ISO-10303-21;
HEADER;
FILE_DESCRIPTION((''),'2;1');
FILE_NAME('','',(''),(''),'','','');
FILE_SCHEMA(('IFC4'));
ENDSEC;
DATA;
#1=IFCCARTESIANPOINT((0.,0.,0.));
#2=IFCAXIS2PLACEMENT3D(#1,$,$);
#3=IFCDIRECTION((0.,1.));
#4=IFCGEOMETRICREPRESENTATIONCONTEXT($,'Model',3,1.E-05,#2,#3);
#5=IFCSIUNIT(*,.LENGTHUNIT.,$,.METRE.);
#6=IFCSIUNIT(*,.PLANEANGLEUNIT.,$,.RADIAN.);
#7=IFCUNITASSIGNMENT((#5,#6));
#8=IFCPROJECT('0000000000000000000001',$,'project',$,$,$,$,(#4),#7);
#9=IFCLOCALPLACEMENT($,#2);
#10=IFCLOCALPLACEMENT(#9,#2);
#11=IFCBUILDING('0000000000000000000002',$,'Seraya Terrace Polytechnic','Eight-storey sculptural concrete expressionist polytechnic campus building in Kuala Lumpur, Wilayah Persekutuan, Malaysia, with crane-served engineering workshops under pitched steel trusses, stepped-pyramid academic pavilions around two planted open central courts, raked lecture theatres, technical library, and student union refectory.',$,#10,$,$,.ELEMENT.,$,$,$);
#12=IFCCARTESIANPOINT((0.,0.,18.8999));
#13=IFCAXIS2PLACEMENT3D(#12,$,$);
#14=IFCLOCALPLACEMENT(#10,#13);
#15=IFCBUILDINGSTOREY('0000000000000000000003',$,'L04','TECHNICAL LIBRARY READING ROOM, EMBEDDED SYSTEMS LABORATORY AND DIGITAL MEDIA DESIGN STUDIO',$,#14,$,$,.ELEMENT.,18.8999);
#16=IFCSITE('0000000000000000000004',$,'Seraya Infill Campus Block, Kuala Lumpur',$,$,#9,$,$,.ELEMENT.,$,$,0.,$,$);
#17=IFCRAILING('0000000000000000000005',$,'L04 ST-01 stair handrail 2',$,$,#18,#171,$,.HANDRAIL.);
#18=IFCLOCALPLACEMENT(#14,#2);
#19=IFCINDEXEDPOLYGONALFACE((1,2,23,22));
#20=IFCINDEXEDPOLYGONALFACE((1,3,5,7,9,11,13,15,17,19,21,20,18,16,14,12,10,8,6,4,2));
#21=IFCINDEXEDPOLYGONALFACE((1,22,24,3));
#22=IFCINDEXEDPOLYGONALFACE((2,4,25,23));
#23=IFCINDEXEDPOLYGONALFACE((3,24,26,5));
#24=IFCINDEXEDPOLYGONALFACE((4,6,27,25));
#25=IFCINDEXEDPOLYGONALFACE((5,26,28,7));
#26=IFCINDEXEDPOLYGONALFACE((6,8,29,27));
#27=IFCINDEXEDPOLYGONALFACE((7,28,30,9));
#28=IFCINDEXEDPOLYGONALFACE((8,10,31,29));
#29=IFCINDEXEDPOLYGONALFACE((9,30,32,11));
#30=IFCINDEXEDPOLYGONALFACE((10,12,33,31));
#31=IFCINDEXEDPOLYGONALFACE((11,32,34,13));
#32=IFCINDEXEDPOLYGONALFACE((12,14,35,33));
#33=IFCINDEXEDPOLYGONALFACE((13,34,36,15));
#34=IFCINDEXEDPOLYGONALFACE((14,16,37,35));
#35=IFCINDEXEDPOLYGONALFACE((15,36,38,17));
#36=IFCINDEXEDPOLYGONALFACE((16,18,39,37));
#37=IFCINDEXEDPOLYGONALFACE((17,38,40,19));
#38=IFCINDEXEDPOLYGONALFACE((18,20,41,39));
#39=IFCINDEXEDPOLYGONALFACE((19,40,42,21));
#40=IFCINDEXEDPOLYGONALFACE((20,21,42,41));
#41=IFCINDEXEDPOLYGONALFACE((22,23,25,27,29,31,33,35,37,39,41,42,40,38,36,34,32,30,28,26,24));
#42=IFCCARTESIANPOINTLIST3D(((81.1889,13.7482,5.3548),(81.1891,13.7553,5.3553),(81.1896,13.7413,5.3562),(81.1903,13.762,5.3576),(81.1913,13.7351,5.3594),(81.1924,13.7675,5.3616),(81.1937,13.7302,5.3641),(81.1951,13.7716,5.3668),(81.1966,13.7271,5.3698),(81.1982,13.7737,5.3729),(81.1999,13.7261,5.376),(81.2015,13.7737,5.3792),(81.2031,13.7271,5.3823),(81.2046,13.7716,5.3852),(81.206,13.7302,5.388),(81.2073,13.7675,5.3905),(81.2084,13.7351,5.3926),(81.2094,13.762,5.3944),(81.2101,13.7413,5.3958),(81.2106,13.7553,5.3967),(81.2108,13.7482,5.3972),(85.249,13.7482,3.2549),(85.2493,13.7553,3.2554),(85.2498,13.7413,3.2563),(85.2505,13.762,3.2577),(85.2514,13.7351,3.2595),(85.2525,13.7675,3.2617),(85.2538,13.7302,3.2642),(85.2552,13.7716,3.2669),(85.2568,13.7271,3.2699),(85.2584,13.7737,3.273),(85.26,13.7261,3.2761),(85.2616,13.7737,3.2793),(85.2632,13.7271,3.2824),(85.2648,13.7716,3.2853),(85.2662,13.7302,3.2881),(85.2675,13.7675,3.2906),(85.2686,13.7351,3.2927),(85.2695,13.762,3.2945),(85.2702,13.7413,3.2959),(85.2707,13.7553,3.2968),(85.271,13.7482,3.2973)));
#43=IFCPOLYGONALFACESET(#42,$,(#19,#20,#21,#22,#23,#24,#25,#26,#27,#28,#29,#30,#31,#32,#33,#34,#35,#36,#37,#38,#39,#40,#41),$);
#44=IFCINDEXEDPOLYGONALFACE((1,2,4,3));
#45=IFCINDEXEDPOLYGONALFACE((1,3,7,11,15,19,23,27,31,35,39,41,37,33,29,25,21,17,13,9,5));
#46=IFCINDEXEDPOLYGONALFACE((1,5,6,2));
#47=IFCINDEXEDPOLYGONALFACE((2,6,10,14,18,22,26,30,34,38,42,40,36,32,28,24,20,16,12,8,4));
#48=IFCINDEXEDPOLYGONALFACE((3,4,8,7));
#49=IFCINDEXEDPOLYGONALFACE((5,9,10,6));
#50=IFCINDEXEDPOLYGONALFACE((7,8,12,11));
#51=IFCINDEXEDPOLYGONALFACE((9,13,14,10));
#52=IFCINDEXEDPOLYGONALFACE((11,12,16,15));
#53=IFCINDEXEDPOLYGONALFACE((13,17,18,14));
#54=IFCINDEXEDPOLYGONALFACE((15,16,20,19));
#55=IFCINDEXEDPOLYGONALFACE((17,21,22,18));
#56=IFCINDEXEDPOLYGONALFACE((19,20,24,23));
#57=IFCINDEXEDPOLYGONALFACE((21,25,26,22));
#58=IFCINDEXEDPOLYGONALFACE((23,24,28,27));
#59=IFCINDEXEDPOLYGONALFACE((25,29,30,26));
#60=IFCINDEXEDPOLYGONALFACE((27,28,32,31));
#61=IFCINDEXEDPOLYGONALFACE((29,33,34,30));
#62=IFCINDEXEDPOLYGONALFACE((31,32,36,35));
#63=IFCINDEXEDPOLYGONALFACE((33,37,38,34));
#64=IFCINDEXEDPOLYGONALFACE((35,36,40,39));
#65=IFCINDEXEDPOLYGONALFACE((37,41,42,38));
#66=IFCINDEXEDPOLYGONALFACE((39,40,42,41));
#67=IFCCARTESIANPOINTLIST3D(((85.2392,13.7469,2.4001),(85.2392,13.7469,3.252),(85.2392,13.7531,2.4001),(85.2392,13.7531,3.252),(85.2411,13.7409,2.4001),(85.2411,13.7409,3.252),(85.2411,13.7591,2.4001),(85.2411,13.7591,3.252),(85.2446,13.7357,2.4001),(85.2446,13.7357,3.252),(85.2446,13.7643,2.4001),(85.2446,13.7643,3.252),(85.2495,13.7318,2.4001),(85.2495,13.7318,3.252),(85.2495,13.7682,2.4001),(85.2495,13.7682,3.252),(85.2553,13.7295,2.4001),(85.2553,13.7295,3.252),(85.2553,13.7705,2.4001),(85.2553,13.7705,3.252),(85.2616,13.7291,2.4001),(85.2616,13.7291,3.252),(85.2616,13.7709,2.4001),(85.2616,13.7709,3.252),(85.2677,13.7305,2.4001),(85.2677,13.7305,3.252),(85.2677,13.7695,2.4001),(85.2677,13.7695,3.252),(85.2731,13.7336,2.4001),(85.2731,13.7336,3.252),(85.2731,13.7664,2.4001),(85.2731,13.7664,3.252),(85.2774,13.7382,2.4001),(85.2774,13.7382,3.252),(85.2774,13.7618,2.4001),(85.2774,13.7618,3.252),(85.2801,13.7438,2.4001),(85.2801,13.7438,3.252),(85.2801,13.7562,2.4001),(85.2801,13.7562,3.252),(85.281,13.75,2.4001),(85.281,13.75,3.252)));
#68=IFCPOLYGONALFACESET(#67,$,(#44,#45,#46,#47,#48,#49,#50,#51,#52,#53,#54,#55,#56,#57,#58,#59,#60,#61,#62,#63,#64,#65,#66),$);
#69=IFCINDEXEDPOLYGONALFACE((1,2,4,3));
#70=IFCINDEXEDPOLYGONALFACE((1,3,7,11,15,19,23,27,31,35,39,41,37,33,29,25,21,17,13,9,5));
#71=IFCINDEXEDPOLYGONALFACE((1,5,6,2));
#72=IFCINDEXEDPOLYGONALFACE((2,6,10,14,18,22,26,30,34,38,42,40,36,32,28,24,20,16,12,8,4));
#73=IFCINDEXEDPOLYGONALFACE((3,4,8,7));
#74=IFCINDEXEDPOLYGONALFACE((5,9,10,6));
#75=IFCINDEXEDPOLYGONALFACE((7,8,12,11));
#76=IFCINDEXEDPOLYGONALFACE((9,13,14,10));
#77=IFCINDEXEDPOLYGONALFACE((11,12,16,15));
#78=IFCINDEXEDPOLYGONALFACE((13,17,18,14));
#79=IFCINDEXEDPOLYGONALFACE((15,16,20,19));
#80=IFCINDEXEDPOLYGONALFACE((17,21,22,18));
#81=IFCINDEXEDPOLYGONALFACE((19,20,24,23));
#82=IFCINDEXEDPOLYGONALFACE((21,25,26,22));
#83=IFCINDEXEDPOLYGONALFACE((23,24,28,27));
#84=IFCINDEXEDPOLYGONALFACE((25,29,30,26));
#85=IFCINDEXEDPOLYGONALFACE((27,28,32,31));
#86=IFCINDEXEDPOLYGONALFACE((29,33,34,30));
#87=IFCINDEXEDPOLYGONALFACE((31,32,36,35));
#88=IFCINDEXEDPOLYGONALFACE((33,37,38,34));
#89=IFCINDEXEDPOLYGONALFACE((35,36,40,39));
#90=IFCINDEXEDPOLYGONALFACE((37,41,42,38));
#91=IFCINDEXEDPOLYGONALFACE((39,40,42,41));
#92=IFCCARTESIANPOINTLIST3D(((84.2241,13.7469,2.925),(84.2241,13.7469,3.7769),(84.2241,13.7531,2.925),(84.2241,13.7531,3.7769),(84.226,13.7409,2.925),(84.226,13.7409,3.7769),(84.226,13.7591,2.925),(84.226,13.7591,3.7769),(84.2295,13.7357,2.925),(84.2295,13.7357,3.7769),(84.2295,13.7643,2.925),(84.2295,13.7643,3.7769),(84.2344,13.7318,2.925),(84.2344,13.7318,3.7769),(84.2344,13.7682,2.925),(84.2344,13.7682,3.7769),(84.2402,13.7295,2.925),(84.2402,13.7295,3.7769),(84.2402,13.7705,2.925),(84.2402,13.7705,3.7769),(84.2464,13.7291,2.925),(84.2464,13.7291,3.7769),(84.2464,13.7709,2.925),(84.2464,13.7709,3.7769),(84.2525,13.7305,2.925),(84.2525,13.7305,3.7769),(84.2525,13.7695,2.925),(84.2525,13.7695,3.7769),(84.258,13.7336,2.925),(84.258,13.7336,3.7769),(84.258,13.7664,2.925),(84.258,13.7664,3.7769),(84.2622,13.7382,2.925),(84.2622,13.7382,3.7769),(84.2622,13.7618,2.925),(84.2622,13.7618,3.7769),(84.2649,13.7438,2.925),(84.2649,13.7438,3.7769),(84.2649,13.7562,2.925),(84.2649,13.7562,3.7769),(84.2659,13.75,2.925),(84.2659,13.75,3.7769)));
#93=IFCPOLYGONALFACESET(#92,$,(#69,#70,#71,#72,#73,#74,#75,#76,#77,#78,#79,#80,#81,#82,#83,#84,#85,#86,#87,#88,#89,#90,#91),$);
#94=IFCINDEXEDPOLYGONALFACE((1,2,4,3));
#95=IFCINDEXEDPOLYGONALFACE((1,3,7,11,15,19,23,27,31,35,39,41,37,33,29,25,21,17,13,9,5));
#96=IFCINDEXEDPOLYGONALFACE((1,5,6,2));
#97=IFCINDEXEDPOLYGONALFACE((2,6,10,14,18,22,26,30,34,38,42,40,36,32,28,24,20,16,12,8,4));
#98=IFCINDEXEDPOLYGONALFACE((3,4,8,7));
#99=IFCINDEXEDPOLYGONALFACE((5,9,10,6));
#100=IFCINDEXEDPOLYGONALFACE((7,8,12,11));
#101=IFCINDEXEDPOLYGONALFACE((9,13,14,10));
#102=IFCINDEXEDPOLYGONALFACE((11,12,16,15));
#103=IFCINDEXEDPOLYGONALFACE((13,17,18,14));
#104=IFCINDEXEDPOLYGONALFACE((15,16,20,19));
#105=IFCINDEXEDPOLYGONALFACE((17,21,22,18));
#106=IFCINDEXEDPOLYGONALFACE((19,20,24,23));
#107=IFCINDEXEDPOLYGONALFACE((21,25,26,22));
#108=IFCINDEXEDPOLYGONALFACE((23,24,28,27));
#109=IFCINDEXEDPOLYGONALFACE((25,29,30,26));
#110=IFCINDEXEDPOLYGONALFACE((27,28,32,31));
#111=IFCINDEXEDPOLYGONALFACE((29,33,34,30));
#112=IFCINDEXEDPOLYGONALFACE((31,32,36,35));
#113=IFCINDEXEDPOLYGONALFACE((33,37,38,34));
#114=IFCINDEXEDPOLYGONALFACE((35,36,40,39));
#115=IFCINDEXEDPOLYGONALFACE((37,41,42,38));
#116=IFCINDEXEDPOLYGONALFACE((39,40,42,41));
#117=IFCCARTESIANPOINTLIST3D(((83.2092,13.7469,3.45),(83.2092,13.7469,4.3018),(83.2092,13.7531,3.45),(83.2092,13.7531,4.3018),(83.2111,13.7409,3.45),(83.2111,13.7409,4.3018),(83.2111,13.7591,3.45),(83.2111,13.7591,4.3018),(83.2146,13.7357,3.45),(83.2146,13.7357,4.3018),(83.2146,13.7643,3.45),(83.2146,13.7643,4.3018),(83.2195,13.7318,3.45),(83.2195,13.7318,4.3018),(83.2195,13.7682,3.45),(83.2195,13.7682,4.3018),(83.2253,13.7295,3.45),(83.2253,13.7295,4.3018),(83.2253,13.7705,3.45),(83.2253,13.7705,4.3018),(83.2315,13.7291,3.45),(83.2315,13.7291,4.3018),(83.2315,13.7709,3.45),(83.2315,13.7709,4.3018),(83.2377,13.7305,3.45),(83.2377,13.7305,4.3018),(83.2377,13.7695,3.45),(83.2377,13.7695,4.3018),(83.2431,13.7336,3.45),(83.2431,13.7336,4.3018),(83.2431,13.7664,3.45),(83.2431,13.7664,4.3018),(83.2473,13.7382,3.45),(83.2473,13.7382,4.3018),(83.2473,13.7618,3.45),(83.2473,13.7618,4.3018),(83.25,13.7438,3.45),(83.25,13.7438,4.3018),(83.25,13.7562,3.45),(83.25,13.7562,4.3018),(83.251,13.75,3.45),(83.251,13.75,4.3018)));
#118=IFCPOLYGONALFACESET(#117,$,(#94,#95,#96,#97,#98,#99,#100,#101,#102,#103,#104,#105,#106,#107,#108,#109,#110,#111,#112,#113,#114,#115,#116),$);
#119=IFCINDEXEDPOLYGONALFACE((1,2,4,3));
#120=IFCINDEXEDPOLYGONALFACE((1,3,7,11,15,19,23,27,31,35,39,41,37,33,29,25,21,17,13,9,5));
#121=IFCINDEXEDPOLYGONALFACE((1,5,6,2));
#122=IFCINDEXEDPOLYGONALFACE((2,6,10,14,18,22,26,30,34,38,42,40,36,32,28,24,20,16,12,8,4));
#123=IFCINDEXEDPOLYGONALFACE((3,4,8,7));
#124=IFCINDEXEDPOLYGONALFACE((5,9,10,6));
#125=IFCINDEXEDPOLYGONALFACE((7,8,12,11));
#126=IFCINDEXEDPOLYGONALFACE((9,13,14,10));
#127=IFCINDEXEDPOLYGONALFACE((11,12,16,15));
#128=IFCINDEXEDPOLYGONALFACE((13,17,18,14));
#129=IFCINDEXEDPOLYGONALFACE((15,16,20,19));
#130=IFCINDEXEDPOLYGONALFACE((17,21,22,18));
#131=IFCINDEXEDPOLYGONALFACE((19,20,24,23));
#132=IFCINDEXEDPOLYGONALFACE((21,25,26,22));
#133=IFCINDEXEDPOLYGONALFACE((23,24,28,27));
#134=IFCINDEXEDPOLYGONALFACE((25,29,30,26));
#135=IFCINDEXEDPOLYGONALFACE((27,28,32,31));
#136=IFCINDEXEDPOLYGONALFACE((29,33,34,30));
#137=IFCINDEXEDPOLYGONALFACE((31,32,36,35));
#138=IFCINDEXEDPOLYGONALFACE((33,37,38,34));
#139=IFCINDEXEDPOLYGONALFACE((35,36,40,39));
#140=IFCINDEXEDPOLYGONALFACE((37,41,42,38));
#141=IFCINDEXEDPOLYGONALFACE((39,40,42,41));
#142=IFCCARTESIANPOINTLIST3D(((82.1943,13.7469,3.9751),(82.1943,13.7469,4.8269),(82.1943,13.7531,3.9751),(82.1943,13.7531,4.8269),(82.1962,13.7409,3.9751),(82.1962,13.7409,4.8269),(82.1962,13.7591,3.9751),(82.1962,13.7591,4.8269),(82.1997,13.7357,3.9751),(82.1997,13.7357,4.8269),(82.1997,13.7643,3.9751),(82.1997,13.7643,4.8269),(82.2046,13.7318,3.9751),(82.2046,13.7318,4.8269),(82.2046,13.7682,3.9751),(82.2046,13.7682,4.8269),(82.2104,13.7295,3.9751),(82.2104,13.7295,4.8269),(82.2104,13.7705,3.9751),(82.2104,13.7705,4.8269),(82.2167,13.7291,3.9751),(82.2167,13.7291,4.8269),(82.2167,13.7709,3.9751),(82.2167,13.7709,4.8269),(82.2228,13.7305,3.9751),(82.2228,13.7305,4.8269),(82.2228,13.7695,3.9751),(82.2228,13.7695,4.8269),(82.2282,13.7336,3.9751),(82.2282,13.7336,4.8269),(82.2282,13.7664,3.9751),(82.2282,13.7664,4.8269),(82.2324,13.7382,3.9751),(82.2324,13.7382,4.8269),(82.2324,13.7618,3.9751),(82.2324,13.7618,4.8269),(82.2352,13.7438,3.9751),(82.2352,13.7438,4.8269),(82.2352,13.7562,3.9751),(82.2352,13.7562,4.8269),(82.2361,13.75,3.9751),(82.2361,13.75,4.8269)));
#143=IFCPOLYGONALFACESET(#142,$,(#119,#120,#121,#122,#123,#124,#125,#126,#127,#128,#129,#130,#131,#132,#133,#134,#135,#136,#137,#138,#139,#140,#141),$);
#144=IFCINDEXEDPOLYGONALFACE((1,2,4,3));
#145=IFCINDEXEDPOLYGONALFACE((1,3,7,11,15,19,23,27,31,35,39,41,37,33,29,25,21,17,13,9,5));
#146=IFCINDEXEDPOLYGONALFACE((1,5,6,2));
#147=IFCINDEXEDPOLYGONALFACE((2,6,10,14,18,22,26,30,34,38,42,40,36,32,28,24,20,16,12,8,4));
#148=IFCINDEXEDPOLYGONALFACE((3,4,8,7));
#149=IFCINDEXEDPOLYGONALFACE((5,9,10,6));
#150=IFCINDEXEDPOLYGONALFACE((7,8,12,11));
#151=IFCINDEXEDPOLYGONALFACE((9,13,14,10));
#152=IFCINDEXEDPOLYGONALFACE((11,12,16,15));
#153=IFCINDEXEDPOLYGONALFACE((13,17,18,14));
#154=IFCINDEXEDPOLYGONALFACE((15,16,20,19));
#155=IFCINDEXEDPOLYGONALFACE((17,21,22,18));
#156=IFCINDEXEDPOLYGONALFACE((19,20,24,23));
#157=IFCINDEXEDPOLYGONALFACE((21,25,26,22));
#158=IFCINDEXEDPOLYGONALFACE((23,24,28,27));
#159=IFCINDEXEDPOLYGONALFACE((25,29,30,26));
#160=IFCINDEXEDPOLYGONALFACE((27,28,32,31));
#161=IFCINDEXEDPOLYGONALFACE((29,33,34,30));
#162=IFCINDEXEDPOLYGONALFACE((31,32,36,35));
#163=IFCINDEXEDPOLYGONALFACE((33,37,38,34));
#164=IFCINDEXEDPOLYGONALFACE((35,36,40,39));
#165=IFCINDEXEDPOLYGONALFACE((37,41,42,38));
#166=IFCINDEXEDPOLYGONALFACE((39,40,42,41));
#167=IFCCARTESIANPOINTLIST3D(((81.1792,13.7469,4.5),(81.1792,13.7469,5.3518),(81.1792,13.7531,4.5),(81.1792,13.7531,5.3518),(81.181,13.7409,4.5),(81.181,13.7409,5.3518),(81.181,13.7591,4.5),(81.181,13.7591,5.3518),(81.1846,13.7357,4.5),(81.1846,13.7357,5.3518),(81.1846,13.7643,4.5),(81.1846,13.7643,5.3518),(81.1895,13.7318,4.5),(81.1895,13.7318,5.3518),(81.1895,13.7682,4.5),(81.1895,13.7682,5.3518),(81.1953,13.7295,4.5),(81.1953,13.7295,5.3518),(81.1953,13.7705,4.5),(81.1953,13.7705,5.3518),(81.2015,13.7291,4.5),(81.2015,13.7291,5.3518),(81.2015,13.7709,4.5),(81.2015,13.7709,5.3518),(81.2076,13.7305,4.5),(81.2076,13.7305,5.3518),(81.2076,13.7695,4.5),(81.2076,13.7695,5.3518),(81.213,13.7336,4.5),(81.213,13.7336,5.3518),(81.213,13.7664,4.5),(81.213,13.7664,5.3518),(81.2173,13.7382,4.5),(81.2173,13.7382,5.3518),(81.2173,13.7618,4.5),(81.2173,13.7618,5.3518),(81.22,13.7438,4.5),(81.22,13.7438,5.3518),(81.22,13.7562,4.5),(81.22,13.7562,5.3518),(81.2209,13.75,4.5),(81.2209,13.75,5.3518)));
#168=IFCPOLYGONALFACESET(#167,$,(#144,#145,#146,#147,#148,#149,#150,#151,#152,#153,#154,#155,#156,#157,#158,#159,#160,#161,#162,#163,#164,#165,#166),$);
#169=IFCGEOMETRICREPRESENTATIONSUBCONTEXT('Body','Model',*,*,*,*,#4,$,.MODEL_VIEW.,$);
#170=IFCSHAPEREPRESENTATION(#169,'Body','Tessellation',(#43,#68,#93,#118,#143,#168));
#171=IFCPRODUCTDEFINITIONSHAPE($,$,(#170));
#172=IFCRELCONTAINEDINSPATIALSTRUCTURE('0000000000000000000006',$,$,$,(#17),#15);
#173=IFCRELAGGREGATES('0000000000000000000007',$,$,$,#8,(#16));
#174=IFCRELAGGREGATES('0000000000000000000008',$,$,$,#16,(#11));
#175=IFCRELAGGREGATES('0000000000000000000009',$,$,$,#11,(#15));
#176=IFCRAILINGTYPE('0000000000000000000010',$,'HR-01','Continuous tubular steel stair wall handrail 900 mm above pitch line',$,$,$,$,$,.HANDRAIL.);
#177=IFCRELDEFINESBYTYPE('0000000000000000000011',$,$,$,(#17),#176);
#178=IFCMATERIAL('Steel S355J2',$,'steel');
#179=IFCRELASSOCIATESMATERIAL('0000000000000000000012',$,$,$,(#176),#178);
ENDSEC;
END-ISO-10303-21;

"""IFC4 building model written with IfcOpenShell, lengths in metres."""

from ifc_helpers import new_model, si_unit, direction, frame, origin, origin_2d, place, context, subcontext, project, spatial, circle, extrude, material, type_object, element, save


model = new_model("IFC4")

# Units and contexts
model_context = context("Model", 3, precision=1e-05, world=origin(), true_north=direction((0.0, 1.0)))
body_context = subcontext(model_context, "Body", "Model", "MODEL_VIEW")
ifc_project = project(units=[si_unit("LENGTHUNIT", "METRE"), si_unit("PLANEANGLEUNIT", "RADIAN")], contexts=[model_context])

# Site, building, storey
site_placement = place(None, origin())
site = spatial("IfcSite", under=ifc_project, at=site_placement, Name="Seraya Infill Campus Block, Kuala Lumpur", CompositionType="ELEMENT", RefElevation=0.0)
building_placement = place(site_placement, origin())
building = spatial("IfcBuilding", under=site, at=building_placement, Name="Seraya Terrace Polytechnic", Description="Eight-storey sculptural concrete expressionist polytechnic campus building in Kuala Lumpur, Wilayah Persekutuan, Malaysia, with crane-served engineering workshops under pitched steel trusses, stepped-pyramid academic pavilions around two planted open central courts, raked lecture theatres, technical library, and student union refectory.", CompositionType="ELEMENT")
storey_placement = place(building_placement, frame((0.0, 0.0, 18.8999)))
storey = spatial("IfcBuildingStorey", under=building, at=storey_placement, Name="L04", Description="TECHNICAL LIBRARY READING ROOM, EMBEDDED SYSTEMS LABORATORY AND DIGITAL MEDIA DESIGN STUDIO", CompositionType="ELEMENT", Elevation=18.8999)

# Railing
ifc_material_1 = material(Name="Steel S355J2", Category="steel")
railing_type_1 = type_object("IfcRailingType", Name="HR-01", Description="Continuous tubular steel stair wall handrail 900 mm above pitch line", PredefinedType="HANDRAIL", material=ifc_material_1)
railing_1_placement = place(storey_placement, frame((85.26, 13.75, 2.4001)))
element("IfcRailing", 1, at=railing_1_placement, inside=storey, type_object=railing_type_1, Name="L04 ST-01 stair handrail 2", PredefinedType="HANDRAIL", context=body_context, shape_type="SweptSolid", body=[
    extrude(circle(Radius=0.0239, at=origin_2d()), frame((0.0, 0.0, 0.876), z_axis=(-0.888233, 0.0, 0.459392), x_axis=(0.0, -1.0, 0.0)), (0.0, 0.0, 1.0), 4.571),
    extrude(circle(Radius=0.021, at=origin_2d()), origin(), (0.0, 0.0, 1.0), 0.8518),
    extrude(circle(Radius=0.021, at=origin_2d()), frame((-1.0151, 0.0, 0.5249)), (0.0, 0.0, 1.0), 0.8518),
    extrude(circle(Radius=0.021, at=origin_2d()), frame((-2.03, 0.0, 1.0498)), (0.0, 0.0, 1.0), 0.8518),
    extrude(circle(Radius=0.021, at=origin_2d()), frame((-3.0449, 0.0, 1.575)), (0.0, 0.0, 1.0), 0.8518),
    extrude(circle(Radius=0.021, at=origin_2d()), frame((-4.0601, 0.0, 2.0999)), (0.0, 0.0, 1.0), 0.8518),
])

save(model, "model.ifc")
